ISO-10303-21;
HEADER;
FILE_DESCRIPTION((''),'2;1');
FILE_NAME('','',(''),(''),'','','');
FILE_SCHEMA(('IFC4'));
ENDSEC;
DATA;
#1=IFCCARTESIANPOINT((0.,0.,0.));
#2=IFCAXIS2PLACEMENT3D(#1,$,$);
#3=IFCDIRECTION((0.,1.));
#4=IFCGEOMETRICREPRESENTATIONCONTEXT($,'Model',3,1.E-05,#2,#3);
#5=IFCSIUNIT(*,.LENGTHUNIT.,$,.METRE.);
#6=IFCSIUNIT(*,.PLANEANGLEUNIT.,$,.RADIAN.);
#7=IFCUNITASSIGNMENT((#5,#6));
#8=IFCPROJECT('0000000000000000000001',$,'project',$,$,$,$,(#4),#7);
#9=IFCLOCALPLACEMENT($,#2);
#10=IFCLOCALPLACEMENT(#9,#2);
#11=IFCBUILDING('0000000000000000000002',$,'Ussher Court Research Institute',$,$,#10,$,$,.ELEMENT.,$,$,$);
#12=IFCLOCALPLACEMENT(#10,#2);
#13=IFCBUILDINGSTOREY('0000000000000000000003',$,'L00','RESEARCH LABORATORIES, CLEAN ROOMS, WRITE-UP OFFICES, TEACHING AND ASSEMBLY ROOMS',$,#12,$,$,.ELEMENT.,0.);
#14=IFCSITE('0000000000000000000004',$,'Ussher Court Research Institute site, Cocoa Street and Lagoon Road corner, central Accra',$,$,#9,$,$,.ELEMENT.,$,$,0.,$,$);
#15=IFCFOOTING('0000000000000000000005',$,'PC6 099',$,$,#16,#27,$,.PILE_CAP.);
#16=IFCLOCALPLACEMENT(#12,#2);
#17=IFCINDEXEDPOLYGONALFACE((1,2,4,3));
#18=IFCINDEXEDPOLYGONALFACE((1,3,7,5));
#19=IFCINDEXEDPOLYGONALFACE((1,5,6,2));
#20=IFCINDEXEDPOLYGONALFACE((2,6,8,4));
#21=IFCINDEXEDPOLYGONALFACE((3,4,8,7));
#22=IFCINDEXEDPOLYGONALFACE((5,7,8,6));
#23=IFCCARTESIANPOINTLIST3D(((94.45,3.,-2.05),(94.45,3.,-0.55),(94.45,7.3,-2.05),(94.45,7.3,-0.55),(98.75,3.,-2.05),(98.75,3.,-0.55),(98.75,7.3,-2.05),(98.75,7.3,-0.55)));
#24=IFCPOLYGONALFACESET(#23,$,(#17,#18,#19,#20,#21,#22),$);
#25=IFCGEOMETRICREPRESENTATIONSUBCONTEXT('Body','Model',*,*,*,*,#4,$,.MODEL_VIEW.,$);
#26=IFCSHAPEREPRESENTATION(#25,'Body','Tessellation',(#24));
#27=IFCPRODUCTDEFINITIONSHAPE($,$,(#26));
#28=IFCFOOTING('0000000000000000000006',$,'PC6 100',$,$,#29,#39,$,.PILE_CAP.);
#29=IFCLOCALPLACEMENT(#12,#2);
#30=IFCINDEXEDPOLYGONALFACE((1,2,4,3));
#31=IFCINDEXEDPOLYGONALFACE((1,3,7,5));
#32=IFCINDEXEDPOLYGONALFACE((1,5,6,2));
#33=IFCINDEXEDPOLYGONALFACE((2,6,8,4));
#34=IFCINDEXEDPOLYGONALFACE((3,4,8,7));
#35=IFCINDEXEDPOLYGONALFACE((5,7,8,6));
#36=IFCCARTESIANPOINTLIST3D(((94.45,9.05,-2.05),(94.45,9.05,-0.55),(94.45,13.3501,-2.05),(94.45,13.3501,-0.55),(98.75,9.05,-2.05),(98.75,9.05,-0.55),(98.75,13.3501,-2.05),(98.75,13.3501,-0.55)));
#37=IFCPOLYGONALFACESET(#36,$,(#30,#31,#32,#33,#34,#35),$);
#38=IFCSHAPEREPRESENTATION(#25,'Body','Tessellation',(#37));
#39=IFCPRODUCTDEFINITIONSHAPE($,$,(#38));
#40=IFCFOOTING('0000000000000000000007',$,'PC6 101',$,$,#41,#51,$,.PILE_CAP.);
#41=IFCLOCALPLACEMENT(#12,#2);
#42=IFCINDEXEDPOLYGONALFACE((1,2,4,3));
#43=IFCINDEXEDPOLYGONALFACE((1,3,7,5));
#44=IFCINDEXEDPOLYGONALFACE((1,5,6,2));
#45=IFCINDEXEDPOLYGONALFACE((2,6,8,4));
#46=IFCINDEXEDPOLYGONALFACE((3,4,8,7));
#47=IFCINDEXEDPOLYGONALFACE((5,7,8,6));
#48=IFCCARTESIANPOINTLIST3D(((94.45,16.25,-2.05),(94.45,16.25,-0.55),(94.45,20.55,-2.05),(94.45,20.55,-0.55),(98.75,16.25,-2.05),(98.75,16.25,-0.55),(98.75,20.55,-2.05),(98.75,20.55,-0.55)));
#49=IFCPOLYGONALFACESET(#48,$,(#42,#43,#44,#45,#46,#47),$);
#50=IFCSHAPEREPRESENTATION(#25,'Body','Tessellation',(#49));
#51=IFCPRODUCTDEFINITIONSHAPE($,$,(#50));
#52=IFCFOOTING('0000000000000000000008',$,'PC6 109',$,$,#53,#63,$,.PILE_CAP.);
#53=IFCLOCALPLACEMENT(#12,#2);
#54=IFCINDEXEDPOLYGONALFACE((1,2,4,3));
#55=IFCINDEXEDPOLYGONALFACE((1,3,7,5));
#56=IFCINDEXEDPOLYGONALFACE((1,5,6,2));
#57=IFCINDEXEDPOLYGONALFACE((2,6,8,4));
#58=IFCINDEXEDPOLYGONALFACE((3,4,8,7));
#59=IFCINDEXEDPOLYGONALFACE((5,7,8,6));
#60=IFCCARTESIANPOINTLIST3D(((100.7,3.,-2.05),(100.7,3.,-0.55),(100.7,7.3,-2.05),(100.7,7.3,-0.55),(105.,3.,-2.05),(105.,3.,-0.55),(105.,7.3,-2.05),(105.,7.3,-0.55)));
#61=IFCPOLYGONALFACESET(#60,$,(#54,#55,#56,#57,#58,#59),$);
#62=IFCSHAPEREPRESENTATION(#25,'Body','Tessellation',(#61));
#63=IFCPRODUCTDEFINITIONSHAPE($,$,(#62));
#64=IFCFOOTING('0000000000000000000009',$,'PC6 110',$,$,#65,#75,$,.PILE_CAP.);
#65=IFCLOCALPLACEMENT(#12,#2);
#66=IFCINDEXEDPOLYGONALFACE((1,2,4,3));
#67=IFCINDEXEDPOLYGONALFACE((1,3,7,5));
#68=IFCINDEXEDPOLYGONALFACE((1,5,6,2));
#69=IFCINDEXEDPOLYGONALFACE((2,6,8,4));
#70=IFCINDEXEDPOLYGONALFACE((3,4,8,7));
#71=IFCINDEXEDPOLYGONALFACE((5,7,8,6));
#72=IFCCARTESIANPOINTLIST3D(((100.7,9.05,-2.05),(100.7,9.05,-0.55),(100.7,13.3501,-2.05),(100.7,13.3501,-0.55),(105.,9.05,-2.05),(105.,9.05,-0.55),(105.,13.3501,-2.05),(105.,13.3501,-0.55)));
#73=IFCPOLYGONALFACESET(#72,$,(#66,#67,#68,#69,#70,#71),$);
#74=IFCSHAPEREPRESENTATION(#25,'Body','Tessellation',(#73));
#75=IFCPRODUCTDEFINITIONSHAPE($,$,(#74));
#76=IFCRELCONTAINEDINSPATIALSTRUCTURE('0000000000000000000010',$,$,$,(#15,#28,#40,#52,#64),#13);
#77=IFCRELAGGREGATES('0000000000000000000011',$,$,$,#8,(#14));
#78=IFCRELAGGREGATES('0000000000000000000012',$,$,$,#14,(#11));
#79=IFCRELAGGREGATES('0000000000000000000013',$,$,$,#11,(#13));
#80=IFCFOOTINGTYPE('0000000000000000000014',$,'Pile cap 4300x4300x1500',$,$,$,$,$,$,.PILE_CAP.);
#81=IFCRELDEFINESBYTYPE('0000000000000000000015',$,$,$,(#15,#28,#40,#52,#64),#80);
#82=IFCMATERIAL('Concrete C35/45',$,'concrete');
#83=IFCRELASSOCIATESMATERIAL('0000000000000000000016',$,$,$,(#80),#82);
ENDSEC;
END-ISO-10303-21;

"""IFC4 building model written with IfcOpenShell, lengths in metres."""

from ifc_helpers import new_model, si_unit, direction, frame, origin, place, context, subcontext, project, spatial, polyline, outline, extrude, material, type_object, element, save


model = new_model("IFC4")

# Units and contexts
model_context = context("Model", 3, precision=1e-05, world=origin(), true_north=direction((0.0, 1.0)))
body_context = subcontext(model_context, "Body", "Model", "MODEL_VIEW")
ifc_project = project(units=[si_unit("LENGTHUNIT", "METRE"), si_unit("PLANEANGLEUNIT", "RADIAN")], contexts=[model_context])

# Site, building, storey
site_placement = place(None, origin())
site = spatial("IfcSite", under=ifc_project, at=site_placement, Name="Ussher Court Research Institute site, Cocoa Street and Lagoon Road corner, central Accra", CompositionType="ELEMENT", RefElevation=0.0)
building_placement = place(site_placement, origin())
building = spatial("IfcBuilding", under=site, at=building_placement, Name="Ussher Court Research Institute", CompositionType="ELEMENT")
storey_placement = place(building_placement, origin())
storey = spatial("IfcBuildingStorey", under=building, at=storey_placement, Name="L00", Description="RESEARCH LABORATORIES, CLEAN ROOMS, WRITE-UP OFFICES, TEACHING AND ASSEMBLY ROOMS", CompositionType="ELEMENT", Elevation=0.0)

# Footings
ifc_material_1 = material(Name="Concrete C35/45", Category="concrete")
footing_type_1 = type_object("IfcFootingType", Name="Pile cap 4300x4300x1500", PredefinedType="PILE_CAP", material=ifc_material_1)
footing_1_placement = place(storey_placement, frame((0.0, 0.0, -2.05)))
element("IfcFooting", 1, at=footing_1_placement, inside=storey, type_object=footing_type_1, Name="PC6 099", PredefinedType="PILE_CAP", context=body_context, shape_type="SweptSolid", body=[
    extrude(outline(polyline([(94.45, 3.0), (98.75, 3.0), (98.75, 7.3), (94.45, 7.3), (94.45, 3.0)])), origin(), (0.0, 0.0, 1.0), 1.5),
])
footing_2_placement = place(storey_placement, frame((0.0, 0.0, -2.05)))
element("IfcFooting", 2, at=footing_2_placement, inside=storey, type_object=footing_type_1, Name="PC6 100", PredefinedType="PILE_CAP", context=body_context, shape_type="SweptSolid", body=[
    extrude(outline(polyline([(94.45, 9.05), (98.75, 9.05), (98.75, 13.3501), (94.45, 13.3501), (94.45, 9.05)])), origin(), (0.0, 0.0, 1.0), 1.5),
])
footing_3_placement = place(storey_placement, frame((0.0, 0.0, -2.05)))
element("IfcFooting", 3, at=footing_3_placement, inside=storey, type_object=footing_type_1, Name="PC6 101", PredefinedType="PILE_CAP", context=body_context, shape_type="SweptSolid", body=[
    extrude(outline(polyline([(94.45, 16.25), (98.75, 16.25), (98.75, 20.55), (94.45, 20.55), (94.45, 16.25)])), origin(), (0.0, 0.0, 1.0), 1.5),
])
footing_4_placement = place(storey_placement, frame((0.0, 0.0, -2.05)))
element("IfcFooting", 4, at=footing_4_placement, inside=storey, type_object=footing_type_1, Name="PC6 109", PredefinedType="PILE_CAP", context=body_context, shape_type="SweptSolid", body=[
    extrude(outline(polyline([(100.7, 3.0), (105.0, 3.0), (105.0, 7.3), (100.7, 7.3), (100.7, 3.0)])), origin(), (0.0, 0.0, 1.0), 1.5),
])
footing_5_placement = place(storey_placement, frame((0.0, 0.0, -2.05)))
element("IfcFooting", 5, at=footing_5_placement, inside=storey, type_object=footing_type_1, Name="PC6 110", PredefinedType="PILE_CAP", context=body_context, shape_type="SweptSolid", body=[
    extrude(outline(polyline([(100.7, 9.05), (105.0, 9.05), (105.0, 13.3501), (100.7, 13.3501), (100.7, 9.05)])), origin(), (0.0, 0.0, 1.0), 1.5),
])

save(model, "model.ifc")
